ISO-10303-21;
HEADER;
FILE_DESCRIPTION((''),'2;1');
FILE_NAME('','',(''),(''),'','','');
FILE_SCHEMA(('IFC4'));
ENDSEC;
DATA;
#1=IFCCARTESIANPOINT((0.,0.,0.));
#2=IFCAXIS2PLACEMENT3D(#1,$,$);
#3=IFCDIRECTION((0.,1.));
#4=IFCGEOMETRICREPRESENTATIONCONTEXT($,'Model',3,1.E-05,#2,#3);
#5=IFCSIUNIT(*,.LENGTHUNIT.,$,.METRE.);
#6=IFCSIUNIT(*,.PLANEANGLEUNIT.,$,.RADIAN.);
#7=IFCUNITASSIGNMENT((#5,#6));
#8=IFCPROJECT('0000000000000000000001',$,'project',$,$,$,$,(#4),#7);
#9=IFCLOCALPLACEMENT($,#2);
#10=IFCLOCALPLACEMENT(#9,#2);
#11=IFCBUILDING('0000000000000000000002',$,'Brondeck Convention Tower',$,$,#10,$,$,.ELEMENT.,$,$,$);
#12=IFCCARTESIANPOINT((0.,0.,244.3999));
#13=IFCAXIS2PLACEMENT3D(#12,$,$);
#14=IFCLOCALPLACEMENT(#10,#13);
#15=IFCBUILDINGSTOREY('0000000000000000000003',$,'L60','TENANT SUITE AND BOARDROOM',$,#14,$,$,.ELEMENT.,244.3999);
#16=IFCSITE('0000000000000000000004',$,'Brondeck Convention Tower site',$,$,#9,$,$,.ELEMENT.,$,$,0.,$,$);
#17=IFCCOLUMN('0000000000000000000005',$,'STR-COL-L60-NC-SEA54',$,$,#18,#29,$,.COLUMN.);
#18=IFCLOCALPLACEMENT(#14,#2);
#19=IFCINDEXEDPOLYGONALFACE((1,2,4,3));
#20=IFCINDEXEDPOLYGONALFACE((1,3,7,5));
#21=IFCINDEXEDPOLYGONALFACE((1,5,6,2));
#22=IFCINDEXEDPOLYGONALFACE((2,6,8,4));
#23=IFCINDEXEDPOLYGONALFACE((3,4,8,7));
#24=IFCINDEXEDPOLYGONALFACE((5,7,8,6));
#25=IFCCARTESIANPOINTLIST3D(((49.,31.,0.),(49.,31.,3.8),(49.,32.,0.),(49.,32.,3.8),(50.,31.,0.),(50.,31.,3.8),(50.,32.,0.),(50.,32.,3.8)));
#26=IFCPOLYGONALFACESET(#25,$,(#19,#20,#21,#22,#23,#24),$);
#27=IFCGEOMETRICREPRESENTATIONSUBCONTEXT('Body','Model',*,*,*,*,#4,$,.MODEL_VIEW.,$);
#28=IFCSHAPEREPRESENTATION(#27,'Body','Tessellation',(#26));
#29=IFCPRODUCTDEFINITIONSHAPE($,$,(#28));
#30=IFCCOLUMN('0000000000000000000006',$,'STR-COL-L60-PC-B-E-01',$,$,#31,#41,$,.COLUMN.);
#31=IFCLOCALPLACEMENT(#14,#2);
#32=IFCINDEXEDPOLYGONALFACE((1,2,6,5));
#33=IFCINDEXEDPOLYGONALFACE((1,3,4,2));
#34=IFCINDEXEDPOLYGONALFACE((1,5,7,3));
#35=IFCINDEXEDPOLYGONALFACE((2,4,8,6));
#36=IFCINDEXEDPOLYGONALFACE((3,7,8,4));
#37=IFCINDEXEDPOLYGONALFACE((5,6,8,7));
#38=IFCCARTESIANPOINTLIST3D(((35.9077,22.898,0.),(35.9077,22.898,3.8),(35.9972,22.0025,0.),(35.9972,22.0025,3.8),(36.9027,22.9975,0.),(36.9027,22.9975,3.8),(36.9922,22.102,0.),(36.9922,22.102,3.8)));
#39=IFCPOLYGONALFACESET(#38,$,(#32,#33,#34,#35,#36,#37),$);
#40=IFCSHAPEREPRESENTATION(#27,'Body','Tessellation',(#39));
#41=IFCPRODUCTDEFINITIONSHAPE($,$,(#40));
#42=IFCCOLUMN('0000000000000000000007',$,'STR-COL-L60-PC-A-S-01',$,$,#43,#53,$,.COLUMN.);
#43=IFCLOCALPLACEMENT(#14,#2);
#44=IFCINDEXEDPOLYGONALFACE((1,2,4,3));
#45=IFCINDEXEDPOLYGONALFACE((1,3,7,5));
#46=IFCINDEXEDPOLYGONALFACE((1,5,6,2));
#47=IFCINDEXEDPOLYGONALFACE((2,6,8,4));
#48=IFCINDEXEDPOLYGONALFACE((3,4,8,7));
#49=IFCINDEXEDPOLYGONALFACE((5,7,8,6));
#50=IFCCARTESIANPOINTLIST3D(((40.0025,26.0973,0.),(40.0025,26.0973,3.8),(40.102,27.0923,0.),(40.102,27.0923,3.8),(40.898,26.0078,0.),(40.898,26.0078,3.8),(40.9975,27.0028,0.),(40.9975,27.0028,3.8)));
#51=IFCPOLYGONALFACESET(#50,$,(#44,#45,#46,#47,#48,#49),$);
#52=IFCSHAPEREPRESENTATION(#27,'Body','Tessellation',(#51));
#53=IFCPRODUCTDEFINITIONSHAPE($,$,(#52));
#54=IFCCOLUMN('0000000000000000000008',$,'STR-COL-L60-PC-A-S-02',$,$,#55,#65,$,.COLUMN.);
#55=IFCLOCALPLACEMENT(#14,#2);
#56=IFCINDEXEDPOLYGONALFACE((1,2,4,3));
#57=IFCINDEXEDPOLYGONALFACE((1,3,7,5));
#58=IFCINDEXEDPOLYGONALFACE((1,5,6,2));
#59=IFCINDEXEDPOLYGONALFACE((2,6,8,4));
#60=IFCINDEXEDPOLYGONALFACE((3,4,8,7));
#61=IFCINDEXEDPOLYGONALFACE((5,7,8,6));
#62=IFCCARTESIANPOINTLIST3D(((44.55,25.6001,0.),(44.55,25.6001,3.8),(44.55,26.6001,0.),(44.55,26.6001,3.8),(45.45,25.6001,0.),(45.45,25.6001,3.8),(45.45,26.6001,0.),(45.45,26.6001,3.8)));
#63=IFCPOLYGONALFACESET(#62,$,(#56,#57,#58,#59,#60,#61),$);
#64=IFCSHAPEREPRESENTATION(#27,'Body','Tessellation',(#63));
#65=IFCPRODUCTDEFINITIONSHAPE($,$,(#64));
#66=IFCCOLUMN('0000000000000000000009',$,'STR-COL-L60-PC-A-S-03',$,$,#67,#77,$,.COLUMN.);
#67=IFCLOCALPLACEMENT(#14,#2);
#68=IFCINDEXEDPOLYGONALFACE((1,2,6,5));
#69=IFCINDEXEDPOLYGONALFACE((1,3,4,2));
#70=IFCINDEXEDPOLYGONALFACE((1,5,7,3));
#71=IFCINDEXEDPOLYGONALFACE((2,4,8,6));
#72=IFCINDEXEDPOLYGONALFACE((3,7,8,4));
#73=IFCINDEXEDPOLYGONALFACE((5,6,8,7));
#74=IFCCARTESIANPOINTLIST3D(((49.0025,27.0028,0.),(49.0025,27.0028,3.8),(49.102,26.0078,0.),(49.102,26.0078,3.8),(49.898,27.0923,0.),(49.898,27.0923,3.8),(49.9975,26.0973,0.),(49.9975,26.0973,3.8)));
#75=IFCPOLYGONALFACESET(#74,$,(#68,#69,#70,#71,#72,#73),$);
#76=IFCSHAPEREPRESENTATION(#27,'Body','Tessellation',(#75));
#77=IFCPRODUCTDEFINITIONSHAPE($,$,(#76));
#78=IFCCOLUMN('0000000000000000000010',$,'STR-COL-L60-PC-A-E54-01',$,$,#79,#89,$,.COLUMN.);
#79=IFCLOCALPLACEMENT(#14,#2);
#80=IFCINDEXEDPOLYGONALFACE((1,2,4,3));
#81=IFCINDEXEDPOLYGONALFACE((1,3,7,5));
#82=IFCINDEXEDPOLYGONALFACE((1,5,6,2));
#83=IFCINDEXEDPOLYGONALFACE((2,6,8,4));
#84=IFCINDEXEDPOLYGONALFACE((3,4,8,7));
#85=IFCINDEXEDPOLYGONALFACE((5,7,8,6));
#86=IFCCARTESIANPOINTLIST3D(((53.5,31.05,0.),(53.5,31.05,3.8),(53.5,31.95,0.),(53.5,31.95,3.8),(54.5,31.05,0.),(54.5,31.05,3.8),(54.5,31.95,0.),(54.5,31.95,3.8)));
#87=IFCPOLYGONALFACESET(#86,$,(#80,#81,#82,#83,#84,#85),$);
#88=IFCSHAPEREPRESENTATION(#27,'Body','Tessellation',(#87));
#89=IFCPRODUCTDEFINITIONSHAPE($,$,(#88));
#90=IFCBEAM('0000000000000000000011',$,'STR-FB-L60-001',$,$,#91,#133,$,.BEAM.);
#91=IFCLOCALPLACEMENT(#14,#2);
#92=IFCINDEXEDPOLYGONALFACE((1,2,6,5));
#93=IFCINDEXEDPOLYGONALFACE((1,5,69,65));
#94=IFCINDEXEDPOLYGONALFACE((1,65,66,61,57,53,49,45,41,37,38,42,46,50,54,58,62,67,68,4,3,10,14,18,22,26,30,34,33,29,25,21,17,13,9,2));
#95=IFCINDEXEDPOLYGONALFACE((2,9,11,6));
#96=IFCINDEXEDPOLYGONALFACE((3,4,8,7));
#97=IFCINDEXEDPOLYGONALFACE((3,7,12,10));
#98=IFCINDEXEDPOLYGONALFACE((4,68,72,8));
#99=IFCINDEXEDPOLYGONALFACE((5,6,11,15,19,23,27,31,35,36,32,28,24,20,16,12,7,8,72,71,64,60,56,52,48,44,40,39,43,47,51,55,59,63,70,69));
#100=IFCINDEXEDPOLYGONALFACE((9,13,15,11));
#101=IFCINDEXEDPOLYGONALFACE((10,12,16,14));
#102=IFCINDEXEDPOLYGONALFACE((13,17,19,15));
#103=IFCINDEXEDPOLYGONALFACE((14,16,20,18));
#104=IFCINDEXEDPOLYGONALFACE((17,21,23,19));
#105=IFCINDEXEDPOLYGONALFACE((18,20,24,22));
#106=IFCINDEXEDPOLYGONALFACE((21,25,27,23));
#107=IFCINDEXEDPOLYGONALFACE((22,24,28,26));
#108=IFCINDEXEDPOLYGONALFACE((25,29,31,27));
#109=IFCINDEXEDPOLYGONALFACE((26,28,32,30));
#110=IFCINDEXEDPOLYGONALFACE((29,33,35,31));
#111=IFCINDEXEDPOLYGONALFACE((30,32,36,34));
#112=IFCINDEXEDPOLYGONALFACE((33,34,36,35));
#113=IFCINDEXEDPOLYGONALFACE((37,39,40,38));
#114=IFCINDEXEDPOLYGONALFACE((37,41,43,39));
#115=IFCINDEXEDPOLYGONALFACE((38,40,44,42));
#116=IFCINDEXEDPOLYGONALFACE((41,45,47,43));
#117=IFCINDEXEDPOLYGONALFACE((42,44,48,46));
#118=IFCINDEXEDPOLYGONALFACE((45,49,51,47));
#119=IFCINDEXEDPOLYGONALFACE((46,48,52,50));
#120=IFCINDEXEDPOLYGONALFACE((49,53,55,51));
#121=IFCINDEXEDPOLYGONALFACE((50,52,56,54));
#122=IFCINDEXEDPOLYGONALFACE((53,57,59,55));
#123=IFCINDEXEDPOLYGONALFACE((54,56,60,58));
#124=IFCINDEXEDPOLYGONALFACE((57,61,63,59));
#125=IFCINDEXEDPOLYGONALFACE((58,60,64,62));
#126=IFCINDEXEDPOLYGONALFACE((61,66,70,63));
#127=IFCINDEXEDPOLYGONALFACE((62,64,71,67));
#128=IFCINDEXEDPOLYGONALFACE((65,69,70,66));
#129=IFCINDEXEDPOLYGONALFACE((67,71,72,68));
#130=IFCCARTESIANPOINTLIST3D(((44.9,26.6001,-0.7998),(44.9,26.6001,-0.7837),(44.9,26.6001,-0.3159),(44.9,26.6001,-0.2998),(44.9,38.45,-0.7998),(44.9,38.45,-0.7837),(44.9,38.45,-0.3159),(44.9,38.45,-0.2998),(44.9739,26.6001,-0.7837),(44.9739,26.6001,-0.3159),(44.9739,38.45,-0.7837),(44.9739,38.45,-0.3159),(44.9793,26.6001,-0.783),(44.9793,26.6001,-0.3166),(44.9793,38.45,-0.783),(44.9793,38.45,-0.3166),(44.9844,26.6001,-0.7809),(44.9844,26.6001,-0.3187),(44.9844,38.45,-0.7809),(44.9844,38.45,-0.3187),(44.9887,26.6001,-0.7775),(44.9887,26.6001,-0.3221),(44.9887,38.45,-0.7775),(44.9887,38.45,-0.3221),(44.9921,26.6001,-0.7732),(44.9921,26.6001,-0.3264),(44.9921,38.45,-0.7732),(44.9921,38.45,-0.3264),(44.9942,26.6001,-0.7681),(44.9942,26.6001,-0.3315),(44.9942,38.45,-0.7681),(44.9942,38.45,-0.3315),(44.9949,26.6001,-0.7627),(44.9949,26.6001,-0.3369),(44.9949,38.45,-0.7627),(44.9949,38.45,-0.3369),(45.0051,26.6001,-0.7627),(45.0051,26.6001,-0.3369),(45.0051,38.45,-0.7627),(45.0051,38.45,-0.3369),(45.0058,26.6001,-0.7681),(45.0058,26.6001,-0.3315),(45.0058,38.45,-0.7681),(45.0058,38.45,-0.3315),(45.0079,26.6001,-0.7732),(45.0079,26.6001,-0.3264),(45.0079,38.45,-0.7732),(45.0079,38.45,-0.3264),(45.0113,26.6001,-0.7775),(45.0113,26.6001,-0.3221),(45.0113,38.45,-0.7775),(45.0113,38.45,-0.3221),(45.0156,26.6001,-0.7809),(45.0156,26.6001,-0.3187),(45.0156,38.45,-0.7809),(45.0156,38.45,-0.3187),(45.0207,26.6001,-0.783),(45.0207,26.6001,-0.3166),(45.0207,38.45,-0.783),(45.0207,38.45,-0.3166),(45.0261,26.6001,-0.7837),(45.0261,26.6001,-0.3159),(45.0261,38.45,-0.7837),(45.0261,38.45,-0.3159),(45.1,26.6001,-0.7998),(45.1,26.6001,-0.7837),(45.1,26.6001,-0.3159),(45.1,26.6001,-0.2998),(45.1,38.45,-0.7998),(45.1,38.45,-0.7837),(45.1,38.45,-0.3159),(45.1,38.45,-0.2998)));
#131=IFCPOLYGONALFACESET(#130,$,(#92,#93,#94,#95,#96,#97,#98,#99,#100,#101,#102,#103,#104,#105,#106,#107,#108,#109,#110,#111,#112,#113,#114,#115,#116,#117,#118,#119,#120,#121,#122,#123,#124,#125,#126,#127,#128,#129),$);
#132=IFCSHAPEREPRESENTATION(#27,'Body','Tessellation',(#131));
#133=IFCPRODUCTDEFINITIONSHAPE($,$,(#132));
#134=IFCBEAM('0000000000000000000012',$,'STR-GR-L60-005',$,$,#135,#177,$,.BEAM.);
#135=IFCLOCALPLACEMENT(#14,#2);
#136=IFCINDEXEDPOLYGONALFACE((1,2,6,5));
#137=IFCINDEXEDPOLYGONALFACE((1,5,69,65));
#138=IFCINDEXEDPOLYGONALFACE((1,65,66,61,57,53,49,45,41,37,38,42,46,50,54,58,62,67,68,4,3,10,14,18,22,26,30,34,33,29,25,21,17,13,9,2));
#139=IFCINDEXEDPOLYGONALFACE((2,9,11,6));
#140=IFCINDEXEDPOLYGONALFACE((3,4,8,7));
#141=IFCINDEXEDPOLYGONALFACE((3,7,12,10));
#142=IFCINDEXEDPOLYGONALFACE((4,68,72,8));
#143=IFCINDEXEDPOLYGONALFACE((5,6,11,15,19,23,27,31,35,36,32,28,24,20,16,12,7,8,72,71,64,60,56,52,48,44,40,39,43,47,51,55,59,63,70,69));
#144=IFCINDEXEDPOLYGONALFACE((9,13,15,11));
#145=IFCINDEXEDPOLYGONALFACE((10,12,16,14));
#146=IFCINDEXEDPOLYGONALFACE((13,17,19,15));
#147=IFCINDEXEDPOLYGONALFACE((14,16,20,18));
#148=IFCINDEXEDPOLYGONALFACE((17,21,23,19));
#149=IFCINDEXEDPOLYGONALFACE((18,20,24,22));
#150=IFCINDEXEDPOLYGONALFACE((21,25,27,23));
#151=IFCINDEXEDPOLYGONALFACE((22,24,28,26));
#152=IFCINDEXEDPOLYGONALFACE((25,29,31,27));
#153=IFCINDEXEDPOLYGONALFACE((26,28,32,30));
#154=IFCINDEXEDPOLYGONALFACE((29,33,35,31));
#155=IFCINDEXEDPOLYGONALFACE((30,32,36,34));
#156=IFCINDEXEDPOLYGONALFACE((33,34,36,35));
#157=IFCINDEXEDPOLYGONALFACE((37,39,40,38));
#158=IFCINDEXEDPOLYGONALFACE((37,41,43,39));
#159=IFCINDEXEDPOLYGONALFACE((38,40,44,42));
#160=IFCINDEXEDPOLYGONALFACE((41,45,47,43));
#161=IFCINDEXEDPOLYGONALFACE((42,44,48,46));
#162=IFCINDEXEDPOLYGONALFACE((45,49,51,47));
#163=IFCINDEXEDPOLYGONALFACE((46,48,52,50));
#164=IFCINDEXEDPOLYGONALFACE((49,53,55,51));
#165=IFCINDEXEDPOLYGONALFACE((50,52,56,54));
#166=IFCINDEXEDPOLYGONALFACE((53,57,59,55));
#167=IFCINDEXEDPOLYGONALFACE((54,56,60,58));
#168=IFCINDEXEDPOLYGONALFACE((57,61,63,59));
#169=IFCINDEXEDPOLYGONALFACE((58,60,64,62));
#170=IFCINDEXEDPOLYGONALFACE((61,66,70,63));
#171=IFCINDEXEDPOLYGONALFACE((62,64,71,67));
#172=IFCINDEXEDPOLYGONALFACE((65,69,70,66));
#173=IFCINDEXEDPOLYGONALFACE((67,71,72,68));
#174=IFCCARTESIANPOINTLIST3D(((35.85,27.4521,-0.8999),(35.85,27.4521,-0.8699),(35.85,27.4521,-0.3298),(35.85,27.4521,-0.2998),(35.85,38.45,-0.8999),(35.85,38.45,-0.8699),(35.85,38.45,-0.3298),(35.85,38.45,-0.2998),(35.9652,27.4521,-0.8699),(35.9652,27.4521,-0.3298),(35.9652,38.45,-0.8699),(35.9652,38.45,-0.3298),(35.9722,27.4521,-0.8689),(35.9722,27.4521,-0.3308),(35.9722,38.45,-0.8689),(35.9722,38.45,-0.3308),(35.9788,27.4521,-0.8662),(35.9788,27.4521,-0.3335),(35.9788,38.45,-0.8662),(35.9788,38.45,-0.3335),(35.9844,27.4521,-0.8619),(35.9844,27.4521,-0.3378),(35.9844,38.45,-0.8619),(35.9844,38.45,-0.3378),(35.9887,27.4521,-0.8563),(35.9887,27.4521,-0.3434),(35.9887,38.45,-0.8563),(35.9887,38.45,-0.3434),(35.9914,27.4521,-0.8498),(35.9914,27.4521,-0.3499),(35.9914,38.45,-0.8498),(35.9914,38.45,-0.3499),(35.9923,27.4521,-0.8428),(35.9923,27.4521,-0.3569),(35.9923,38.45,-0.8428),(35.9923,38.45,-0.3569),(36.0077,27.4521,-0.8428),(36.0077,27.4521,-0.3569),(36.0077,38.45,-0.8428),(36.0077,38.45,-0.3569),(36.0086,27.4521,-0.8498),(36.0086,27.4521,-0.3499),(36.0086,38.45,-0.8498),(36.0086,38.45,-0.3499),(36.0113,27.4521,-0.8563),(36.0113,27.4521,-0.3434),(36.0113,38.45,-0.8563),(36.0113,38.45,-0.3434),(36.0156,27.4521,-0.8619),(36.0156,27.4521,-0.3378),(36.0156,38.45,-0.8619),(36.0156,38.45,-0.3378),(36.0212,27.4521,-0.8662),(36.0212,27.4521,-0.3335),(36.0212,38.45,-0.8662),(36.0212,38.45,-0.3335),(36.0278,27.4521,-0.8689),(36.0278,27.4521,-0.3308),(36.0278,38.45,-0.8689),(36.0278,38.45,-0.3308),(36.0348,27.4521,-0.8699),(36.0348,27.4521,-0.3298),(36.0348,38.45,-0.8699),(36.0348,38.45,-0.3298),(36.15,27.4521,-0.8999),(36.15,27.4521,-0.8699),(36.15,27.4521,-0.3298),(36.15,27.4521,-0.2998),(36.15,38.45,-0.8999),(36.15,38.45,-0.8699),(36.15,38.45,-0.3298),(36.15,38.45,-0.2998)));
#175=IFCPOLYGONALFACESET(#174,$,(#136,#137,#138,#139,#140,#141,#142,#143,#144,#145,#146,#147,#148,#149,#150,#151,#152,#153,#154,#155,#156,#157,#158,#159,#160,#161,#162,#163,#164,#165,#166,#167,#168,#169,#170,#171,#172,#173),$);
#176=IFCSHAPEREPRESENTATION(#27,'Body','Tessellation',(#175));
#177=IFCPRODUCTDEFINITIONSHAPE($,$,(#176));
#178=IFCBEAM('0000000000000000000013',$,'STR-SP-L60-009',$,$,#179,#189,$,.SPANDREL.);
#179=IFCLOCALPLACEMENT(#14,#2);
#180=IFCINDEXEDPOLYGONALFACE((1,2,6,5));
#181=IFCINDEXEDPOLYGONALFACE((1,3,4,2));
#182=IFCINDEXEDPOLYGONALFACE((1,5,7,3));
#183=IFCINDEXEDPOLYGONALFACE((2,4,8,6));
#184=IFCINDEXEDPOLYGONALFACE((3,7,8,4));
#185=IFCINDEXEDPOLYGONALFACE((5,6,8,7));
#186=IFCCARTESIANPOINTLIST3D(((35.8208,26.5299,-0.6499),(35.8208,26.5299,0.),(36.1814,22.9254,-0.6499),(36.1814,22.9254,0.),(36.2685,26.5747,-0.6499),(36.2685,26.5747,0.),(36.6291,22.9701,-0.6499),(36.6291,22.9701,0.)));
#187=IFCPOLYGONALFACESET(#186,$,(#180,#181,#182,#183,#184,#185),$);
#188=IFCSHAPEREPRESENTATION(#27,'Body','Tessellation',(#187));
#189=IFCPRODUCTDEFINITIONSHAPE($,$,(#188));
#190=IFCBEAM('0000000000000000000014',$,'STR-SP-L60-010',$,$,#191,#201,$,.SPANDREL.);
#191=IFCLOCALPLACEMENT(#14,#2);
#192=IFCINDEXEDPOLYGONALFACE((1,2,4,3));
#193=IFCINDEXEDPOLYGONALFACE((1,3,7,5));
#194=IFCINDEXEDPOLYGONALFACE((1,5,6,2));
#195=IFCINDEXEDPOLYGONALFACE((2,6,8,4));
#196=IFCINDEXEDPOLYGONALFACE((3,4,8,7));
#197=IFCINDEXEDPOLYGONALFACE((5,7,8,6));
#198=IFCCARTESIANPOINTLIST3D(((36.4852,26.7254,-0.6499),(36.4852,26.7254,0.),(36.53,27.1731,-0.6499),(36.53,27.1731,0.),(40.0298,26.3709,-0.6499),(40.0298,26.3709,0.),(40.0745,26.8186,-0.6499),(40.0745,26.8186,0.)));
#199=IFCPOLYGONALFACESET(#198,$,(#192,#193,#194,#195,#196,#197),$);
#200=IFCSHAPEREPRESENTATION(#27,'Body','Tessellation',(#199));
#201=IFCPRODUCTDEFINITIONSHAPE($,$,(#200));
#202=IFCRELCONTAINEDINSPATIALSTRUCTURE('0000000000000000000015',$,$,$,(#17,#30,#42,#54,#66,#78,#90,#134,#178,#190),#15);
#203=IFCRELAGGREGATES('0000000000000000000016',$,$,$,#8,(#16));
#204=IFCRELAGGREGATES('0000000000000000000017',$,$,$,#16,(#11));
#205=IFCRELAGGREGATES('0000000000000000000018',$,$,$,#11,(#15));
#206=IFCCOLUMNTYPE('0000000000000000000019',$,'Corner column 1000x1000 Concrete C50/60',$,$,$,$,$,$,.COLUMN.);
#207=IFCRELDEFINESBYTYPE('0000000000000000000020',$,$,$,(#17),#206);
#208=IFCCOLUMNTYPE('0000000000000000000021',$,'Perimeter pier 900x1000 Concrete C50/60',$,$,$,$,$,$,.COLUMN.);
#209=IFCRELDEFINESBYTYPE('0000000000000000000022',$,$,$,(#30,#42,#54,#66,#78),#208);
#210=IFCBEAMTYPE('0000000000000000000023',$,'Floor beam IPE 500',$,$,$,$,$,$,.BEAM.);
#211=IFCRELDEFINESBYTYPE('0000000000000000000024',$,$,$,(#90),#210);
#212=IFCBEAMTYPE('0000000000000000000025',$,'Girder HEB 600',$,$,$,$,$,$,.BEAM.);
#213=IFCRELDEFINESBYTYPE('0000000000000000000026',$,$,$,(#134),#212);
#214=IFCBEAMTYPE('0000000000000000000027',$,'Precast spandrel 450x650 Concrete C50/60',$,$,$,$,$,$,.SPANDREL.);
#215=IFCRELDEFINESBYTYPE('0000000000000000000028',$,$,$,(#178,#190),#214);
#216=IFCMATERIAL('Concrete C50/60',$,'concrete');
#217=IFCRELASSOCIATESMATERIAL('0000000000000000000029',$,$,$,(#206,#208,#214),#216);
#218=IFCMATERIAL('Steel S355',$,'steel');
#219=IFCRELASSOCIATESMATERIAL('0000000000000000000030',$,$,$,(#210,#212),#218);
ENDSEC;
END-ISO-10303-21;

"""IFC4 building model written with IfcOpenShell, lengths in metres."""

from ifc_helpers import new_model, si_unit, direction, frame, origin, origin_2d, place, context, subcontext, project, spatial, rectangle, i_section, extrude, material, material_profile, profile_set, type_object, element, save


model = new_model("IFC4")

# Units and contexts
model_context = context("Model", 3, precision=1e-05, world=origin(), true_north=direction((0.0, 1.0)))
body_context = subcontext(model_context, "Body", "Model", "MODEL_VIEW")
ifc_project = project(units=[si_unit("LENGTHUNIT", "METRE"), si_unit("PLANEANGLEUNIT", "RADIAN")], contexts=[model_context])

# Site, building, storey
site_placement = place(None, origin())
site = spatial("IfcSite", under=ifc_project, at=site_placement, Name="Brondeck Convention Tower site", CompositionType="ELEMENT", RefElevation=0.0)
building_placement = place(site_placement, origin())
building = spatial("IfcBuilding", under=site, at=building_placement, Name="Brondeck Convention Tower", CompositionType="ELEMENT")
storey_placement = place(building_placement, frame((0.0, 0.0, 244.3999)))
storey = spatial("IfcBuildingStorey", under=building, at=storey_placement, Name="L60", Description="TENANT SUITE AND BOARDROOM", CompositionType="ELEMENT", Elevation=244.3999)

# Columns
ifc_material_1 = material(Name="Concrete C50/60", Category="concrete")
ifc_material_profile_1 = material_profile(ifc_material_1, rectangle(XDim=1.0, YDim=1.0, at=origin_2d()), Name="Corner column 1000x1000 Concrete C50/60")
ifc_profile_set_1 = profile_set([ifc_material_profile_1], Name="Concrete C50/60")
column_type_1 = type_object("IfcColumnType", Name="Corner column 1000x1000 Concrete C50/60", PredefinedType="COLUMN", material=ifc_profile_set_1)
column_placement = place(storey_placement, frame((49.5, 31.5, 0.0), z_axis=(0.0, 0.0, 1.0), x_axis=(1.0, 0.0, 0.0)))
element("IfcColumn", 1, at=column_placement, inside=storey, type_object=column_type_1, Name="STR-COL-L60-NC-SEA54", PredefinedType="COLUMN", context=body_context, shape_type="SweptSolid", body=[
    extrude(rectangle(XDim=1.0, YDim=1.0, at=origin_2d()), origin(), (0.0, 0.0, 1.0), 3.8),
])
ifc_material_profile_2 = material_profile(ifc_material_1, rectangle(XDim=0.8999, YDim=1.0, at=origin_2d()), Name="Perimeter pier 900x1000 Concrete C50/60")
ifc_profile_set_2 = profile_set([ifc_material_profile_2], Name="Concrete C50/60")
column_type_2 = type_object("IfcColumnType", Name="Perimeter pier 900x1000 Concrete C50/60", PredefinedType="COLUMN", material=ifc_profile_set_2)
for number, where, z_axis, x_axis, name in (
    (2, (36.45, 22.5, 0.0), (0.0, 0.0, 1.0), (-0.099504, 0.995037, 0.0), "STR-COL-L60-PC-B-E-01"),
    (3, (40.5, 26.55, 0.0), (0.0, 0.0, 1.0), (0.995037, -0.099504, 0.0), "STR-COL-L60-PC-A-S-01"),
    (4, (45.0, 26.1001, 0.0), (0.0, 0.0, 1.0), (1.0, 0.0, 0.0), "STR-COL-L60-PC-A-S-02"),
    (5, (49.5, 26.55, 0.0), (0.0, 0.0, 1.0), (0.995037, 0.099504, 0.0), "STR-COL-L60-PC-A-S-03"),
    (6, (54.0, 31.5, 0.0), (0.0, 0.0, 1.0), (0.0, 1.0, 0.0), "STR-COL-L60-PC-A-E54-01"),
):
    element("IfcColumn", number, at=place(storey_placement, frame(where, z_axis=z_axis, x_axis=x_axis)), inside=storey, type_object=column_type_2, Name=name, PredefinedType="COLUMN", context=body_context, shape_type="SweptSolid", body=[
        extrude(rectangle(XDim=0.8999, YDim=1.0, at=origin_2d()), origin(), (0.0, 0.0, 1.0), 3.8),
    ])

# Beams
ifc_material_2 = material(Name="Steel S355", Category="steel")
ifc_material_profile_3 = material_profile(ifc_material_2, i_section(OverallWidth=0.2, OverallDepth=0.5, WebThickness=0.0103, FlangeThickness=0.0161, FilletRadius=0.021, at=origin_2d()), Name="IPE 500")
ifc_profile_set_3 = profile_set([ifc_material_profile_3], Name="Steel S355")
beam_type_1 = type_object("IfcBeamType", Name="Floor beam IPE 500", PredefinedType="BEAM", material=ifc_profile_set_3)
beam_1_placement = place(storey_placement, frame((45.0, 26.6001, -0.5498), z_axis=(0.0, 1.0, 0.0), x_axis=(-1.0, 0.0, 0.0)))
element("IfcBeam", 7, at=beam_1_placement, inside=storey, type_object=beam_type_1, Name="STR-FB-L60-001", PredefinedType="BEAM", context=body_context, shape_type="SweptSolid", body=[
    extrude(i_section(OverallWidth=0.2, OverallDepth=0.5, WebThickness=0.0103, FlangeThickness=0.0161, FilletRadius=0.021, at=origin_2d()), origin(), (0.0, 0.0, 1.0), 11.8499),
])
ifc_material_profile_4 = material_profile(ifc_material_2, i_section(OverallWidth=0.3, OverallDepth=0.6001, WebThickness=0.0154, FlangeThickness=0.03, FilletRadius=0.0271, at=origin_2d()), Name="HEB 600")
ifc_profile_set_4 = profile_set([ifc_material_profile_4], Name="Steel S355")
beam_type_2 = type_object("IfcBeamType", Name="Girder HEB 600", PredefinedType="BEAM", material=ifc_profile_set_4)
beam_2_placement = place(storey_placement, frame((36.0, 27.4521, -0.5999), z_axis=(0.0, 1.0, 0.0), x_axis=(-1.0, 0.0, 0.0)))
element("IfcBeam", 8, at=beam_2_placement, inside=storey, type_object=beam_type_2, Name="STR-GR-L60-005", PredefinedType="BEAM", context=body_context, shape_type="SweptSolid", body=[
    extrude(i_section(OverallWidth=0.3, OverallDepth=0.6001, WebThickness=0.0154, FlangeThickness=0.03, FilletRadius=0.0271, at=origin_2d()), origin(), (0.0, 0.0, 1.0), 10.9978),
])
ifc_material_profile_5 = material_profile(ifc_material_1, rectangle(XDim=0.45, YDim=0.6499, at=origin_2d()), Name="Precast spandrel 450x650 Concrete C50/60")
ifc_profile_set_5 = profile_set([ifc_material_profile_5], Name="Concrete C50/60")
beam_type_3 = type_object("IfcBeamType", Name="Precast spandrel 450x650 Concrete C50/60", PredefinedType="SPANDREL", material=ifc_profile_set_5)
beam_3_placement = place(storey_placement, frame((36.4053, 22.9478, -0.325), z_axis=(-0.099544, 0.995033, 0.0), x_axis=(-0.995033, -0.099544, 0.0)))
element("IfcBeam", 9, at=beam_3_placement, inside=storey, type_object=beam_type_3, Name="STR-SP-L60-009", PredefinedType="SPANDREL", context=body_context, shape_type="SweptSolid", body=[
    extrude(rectangle(XDim=0.45, YDim=0.6499, at=origin_2d()), origin(), (0.0, 0.0, 1.0), 3.6226),
])
beam_4_placement = place(storey_placement, frame((36.5076, 26.9492, -0.325), z_axis=(0.995037, -0.099511, 0.0), x_axis=(0.099511, 0.995037, 0.0)))
element("IfcBeam", 10, at=beam_4_placement, inside=storey, type_object=beam_type_3, Name="STR-SP-L60-010", PredefinedType="SPANDREL", context=body_context, shape_type="SweptSolid", body=[
    extrude(rectangle(XDim=0.45, YDim=0.6499, at=origin_2d()), origin(), (0.0, 0.0, 1.0), 3.5623),
])

save(model, "model.ifc")
